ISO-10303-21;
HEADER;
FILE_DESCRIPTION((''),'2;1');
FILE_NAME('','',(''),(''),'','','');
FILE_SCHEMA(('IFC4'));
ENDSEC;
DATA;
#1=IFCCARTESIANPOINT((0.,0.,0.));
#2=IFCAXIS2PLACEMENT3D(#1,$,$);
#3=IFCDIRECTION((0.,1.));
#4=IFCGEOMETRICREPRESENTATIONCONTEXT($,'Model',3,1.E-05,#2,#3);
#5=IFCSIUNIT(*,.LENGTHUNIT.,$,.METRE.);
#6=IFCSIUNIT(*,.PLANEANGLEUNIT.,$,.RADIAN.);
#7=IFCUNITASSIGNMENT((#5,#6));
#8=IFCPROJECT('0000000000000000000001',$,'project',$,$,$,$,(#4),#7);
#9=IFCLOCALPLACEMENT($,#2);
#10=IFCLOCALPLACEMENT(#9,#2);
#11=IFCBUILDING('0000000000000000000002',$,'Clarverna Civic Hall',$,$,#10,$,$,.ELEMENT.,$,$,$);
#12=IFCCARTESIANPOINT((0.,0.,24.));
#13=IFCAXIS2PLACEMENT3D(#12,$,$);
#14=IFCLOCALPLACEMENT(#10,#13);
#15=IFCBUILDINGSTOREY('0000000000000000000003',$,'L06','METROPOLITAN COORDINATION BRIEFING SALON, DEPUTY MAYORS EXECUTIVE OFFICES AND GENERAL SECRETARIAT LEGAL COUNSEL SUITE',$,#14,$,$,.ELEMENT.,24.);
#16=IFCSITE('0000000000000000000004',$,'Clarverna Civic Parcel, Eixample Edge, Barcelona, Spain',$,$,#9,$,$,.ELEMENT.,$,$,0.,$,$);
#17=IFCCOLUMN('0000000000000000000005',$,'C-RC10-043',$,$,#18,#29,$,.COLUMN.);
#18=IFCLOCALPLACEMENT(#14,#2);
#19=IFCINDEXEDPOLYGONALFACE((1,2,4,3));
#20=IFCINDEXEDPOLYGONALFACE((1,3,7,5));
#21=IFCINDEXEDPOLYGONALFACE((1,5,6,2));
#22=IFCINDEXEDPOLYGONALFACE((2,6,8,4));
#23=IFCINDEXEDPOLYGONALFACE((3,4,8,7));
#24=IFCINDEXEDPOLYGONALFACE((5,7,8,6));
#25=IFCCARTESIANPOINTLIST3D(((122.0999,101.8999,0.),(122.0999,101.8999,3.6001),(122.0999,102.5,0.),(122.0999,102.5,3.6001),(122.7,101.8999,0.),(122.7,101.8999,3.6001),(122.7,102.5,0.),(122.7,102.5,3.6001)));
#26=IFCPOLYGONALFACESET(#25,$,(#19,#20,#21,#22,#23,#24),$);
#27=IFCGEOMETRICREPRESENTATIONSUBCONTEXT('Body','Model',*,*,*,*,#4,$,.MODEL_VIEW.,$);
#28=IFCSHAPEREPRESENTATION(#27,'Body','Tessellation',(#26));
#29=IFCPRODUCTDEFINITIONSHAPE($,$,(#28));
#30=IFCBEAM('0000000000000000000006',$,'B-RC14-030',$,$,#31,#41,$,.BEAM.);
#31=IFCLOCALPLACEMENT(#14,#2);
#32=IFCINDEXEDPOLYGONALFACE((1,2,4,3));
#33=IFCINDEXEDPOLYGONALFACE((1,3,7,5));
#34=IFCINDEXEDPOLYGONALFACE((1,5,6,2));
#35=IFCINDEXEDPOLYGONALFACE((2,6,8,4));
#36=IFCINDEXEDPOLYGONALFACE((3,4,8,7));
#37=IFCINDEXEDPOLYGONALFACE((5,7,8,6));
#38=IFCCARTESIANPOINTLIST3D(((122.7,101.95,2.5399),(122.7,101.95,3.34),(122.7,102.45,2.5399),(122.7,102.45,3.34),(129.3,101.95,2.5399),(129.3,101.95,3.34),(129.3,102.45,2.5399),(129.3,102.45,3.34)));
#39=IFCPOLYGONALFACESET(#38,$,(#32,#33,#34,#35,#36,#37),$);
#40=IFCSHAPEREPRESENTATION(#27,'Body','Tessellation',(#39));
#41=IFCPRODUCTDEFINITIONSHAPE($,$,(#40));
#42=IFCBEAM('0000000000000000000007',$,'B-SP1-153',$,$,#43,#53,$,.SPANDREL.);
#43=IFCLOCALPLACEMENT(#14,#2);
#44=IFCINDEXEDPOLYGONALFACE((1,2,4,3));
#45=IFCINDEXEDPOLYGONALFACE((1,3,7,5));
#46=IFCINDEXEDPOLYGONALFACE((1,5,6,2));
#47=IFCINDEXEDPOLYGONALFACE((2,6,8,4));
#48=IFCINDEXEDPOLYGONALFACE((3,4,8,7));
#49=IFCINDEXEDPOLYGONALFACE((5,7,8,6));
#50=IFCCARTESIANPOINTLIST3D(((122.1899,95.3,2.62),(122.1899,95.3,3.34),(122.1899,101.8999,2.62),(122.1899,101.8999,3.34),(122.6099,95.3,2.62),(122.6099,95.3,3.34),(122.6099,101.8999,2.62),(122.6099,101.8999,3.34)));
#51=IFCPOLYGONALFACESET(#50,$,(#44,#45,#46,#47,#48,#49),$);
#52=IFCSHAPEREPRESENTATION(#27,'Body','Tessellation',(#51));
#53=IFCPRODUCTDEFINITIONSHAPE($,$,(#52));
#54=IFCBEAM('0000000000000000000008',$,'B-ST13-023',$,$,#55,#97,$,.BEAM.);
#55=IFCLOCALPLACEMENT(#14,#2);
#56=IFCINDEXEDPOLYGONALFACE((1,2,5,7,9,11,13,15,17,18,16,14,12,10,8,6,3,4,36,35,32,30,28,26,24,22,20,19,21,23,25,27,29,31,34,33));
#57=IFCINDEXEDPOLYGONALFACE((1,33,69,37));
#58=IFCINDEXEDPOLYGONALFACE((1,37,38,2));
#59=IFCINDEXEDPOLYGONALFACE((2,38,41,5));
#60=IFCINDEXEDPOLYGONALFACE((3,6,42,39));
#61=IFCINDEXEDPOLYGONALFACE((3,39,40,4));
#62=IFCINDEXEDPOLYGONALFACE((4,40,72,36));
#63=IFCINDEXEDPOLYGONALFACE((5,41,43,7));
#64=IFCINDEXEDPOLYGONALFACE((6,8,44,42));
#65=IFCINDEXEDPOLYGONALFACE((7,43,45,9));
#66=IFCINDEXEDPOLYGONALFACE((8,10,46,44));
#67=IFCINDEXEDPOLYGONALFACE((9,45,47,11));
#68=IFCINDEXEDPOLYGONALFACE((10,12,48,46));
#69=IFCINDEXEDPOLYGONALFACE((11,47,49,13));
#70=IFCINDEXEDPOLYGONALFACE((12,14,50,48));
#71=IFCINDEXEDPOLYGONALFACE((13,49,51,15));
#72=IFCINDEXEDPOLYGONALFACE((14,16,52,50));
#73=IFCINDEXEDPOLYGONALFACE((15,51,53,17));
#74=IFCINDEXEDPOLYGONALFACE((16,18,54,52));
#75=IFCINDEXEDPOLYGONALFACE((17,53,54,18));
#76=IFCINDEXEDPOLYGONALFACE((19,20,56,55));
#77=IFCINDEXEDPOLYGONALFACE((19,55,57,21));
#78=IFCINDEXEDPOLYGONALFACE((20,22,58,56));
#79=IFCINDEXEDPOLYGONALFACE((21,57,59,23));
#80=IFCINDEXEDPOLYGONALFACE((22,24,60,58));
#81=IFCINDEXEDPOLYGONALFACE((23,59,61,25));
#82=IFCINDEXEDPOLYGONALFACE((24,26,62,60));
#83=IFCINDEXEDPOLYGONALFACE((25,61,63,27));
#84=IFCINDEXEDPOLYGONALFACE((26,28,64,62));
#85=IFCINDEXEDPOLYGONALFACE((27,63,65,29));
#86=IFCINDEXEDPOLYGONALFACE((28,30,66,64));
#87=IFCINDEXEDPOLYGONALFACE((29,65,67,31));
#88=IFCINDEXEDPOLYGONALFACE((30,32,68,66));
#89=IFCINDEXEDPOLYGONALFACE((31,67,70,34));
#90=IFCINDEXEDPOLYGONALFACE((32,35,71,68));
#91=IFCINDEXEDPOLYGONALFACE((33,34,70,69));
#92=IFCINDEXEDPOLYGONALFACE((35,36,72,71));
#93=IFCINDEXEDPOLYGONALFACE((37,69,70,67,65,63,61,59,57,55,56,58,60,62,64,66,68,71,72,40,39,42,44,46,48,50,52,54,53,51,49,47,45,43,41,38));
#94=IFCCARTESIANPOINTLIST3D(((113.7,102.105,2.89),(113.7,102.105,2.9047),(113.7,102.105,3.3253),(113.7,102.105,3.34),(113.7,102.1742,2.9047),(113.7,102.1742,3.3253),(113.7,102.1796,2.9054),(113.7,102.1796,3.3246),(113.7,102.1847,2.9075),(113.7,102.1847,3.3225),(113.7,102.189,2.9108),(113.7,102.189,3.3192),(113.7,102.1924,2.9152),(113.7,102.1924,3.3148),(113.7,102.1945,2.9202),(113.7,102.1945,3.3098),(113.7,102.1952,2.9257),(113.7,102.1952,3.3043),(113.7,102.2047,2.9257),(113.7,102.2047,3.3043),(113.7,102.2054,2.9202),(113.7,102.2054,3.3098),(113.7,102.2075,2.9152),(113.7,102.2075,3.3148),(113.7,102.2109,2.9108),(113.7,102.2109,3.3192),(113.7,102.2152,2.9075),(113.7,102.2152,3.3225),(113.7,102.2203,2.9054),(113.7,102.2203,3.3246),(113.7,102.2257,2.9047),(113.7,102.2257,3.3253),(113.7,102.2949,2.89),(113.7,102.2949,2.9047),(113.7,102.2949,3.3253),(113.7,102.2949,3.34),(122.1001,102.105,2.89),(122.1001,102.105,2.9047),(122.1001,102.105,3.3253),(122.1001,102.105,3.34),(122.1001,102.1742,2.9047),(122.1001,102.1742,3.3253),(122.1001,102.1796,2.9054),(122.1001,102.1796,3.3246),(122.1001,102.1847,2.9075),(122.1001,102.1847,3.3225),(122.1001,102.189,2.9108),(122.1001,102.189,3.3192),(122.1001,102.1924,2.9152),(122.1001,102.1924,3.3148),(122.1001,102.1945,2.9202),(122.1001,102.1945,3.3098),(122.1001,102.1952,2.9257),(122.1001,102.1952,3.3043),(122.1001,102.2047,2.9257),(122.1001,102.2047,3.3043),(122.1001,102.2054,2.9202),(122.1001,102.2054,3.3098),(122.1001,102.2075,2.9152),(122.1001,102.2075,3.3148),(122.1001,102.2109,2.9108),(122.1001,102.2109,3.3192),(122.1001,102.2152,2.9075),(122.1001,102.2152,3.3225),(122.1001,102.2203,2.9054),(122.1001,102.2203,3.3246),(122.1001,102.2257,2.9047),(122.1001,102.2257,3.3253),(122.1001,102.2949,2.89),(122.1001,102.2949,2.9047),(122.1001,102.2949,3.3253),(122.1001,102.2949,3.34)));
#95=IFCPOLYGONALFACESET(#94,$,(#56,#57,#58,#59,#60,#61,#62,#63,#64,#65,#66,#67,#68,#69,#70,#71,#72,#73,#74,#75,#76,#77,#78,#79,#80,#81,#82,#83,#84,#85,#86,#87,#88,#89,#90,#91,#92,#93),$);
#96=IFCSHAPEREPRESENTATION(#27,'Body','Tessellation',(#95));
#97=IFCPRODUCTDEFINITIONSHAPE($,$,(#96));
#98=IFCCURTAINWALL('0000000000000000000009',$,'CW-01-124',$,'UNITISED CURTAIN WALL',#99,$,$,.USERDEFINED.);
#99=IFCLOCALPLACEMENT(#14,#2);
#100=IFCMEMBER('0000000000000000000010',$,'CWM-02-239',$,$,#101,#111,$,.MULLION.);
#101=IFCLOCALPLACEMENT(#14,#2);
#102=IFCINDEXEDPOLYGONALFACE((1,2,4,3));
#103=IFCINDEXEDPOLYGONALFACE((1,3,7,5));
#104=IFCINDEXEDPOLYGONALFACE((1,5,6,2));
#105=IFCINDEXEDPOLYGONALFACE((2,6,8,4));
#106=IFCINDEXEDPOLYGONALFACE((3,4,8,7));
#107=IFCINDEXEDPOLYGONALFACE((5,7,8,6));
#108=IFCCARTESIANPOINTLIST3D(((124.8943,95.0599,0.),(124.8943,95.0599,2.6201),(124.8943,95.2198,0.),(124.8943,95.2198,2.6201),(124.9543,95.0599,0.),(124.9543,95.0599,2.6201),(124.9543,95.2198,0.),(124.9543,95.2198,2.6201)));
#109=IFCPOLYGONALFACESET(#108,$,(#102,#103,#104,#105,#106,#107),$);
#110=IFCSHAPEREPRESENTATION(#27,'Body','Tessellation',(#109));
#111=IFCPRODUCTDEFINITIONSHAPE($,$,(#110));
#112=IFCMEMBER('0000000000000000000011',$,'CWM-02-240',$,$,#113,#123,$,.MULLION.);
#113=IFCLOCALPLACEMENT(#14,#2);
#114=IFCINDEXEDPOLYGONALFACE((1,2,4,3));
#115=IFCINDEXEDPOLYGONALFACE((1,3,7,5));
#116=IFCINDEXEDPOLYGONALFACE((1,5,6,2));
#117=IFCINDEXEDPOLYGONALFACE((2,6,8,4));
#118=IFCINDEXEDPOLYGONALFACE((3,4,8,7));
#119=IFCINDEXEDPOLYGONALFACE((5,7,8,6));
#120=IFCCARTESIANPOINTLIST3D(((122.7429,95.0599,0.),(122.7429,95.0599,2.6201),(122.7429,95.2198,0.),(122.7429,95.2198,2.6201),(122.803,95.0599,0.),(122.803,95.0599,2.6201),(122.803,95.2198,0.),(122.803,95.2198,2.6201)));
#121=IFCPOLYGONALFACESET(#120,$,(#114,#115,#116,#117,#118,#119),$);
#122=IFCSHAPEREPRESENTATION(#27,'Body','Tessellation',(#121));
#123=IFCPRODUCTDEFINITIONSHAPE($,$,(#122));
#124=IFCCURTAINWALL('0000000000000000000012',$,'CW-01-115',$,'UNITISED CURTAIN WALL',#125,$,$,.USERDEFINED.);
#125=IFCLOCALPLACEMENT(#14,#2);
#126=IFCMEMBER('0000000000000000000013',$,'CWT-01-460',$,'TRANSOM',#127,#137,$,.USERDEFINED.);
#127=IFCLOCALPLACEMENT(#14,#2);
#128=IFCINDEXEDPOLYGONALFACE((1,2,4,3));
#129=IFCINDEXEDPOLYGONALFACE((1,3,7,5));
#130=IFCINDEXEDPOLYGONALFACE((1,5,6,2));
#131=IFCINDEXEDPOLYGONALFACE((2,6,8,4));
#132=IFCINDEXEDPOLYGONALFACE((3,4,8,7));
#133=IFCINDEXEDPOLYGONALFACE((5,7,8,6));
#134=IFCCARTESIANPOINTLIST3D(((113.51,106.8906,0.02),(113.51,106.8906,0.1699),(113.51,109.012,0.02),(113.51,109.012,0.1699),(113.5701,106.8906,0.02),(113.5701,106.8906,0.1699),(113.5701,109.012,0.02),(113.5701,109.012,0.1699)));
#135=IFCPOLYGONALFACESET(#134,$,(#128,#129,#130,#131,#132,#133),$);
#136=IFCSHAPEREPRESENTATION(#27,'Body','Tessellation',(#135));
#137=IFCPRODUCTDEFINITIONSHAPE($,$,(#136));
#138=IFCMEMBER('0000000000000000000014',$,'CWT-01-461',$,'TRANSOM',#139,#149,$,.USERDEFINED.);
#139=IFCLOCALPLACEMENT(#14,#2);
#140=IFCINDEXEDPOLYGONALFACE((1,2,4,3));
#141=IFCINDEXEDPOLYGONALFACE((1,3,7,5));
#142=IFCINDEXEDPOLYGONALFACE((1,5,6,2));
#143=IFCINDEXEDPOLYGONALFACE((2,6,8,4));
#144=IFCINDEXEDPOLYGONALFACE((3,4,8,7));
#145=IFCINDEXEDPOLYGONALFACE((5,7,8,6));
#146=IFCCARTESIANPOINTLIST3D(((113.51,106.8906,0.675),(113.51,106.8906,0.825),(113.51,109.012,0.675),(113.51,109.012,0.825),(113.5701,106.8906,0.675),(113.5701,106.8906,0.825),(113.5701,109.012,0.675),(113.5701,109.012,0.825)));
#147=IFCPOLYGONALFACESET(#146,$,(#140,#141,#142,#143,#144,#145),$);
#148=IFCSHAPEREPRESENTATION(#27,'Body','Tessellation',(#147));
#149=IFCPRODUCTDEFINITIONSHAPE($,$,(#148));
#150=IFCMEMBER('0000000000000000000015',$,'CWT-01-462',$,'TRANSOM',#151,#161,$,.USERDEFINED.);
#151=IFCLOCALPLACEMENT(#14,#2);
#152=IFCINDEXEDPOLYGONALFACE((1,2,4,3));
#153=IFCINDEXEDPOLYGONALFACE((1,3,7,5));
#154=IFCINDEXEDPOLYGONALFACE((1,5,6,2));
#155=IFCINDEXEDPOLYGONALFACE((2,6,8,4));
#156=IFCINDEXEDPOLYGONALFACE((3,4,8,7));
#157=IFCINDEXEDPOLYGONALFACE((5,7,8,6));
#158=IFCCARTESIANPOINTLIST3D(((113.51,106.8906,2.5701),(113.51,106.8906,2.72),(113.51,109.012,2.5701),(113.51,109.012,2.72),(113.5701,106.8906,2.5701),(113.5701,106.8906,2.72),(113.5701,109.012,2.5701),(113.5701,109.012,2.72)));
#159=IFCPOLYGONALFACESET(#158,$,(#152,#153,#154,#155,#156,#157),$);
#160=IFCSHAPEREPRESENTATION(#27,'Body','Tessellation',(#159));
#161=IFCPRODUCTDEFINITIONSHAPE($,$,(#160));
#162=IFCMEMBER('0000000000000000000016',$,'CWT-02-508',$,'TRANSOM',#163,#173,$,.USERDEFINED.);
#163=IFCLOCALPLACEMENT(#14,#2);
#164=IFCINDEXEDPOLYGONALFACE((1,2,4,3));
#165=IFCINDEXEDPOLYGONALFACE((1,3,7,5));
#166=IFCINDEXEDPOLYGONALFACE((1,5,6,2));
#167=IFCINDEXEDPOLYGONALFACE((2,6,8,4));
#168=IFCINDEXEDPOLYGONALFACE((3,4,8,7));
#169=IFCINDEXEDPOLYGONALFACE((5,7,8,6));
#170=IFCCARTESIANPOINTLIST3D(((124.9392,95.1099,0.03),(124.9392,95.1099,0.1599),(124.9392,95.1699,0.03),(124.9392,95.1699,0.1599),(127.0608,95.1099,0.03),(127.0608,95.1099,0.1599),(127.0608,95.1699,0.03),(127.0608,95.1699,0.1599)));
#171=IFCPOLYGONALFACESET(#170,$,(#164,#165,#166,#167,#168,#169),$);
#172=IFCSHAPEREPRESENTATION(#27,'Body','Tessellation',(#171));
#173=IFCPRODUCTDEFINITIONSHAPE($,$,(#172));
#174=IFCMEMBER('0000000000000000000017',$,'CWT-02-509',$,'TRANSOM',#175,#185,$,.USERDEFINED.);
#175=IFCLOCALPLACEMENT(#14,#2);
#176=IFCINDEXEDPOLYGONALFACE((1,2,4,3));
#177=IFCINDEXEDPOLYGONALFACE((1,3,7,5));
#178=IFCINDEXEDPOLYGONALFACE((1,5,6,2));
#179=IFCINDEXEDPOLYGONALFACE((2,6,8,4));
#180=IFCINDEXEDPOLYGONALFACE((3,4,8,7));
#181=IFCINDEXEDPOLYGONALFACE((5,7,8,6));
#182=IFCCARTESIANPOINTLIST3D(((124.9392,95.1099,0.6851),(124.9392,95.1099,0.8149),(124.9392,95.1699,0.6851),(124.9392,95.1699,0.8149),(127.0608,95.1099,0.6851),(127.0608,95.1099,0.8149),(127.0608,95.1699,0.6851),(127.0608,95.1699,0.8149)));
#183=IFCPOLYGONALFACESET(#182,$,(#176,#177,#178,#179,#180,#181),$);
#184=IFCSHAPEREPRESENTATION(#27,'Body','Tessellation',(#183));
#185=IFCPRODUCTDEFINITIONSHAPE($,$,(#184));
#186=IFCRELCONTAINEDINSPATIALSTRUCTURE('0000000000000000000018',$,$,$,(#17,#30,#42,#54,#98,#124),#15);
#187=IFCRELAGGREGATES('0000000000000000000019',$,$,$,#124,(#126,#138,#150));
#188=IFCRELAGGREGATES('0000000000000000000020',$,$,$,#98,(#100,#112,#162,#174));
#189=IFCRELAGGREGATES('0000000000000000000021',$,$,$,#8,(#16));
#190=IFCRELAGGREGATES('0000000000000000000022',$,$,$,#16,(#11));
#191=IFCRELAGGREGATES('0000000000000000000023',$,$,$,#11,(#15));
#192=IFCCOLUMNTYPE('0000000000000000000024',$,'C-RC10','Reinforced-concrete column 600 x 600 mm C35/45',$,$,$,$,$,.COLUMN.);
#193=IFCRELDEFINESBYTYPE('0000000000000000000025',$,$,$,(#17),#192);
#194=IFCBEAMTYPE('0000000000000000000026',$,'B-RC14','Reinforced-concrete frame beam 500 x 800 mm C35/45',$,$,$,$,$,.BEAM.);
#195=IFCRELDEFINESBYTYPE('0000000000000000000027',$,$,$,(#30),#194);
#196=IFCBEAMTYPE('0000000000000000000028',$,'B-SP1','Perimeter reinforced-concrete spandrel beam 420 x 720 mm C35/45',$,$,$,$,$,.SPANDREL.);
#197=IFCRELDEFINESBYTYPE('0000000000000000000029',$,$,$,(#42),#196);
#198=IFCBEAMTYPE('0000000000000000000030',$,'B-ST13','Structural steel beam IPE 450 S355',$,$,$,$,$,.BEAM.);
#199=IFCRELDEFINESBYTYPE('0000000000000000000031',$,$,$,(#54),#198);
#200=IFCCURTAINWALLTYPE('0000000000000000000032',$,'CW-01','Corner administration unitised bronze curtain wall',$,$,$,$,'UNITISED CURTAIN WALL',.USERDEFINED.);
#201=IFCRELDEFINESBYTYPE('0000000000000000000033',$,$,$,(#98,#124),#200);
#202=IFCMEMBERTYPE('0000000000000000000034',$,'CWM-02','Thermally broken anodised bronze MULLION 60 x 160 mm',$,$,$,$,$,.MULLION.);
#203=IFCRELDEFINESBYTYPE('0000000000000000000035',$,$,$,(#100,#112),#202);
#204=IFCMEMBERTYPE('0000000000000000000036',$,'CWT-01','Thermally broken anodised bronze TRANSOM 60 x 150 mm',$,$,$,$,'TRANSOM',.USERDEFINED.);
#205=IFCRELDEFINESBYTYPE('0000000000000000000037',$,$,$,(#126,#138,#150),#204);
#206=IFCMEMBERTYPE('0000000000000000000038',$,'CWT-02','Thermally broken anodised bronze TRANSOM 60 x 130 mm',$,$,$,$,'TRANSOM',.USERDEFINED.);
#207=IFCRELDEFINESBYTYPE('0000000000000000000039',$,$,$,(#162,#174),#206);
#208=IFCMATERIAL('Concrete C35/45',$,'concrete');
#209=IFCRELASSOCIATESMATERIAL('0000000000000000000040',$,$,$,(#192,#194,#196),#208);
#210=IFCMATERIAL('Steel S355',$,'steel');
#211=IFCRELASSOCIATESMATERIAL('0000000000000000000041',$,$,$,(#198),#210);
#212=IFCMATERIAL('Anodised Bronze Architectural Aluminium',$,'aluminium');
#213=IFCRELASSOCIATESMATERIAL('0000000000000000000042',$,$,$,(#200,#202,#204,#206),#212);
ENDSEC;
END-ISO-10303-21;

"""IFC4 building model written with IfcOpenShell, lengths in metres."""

from ifc_helpers import new_model, si_unit, direction, frame, origin, origin_2d, place, context, subcontext, project, spatial, rectangle, i_section, extrude, material, material_profile, profile_set, type_object, element, aggregate, save


model = new_model("IFC4")

# Units and contexts
model_context = context("Model", 3, precision=1e-05, world=origin(), true_north=direction((0.0, 1.0)))
body_context = subcontext(model_context, "Body", "Model", "MODEL_VIEW")
ifc_project = project(units=[si_unit("LENGTHUNIT", "METRE"), si_unit("PLANEANGLEUNIT", "RADIAN")], contexts=[model_context])

# Site, building, storey
site_placement = place(None, origin())
site = spatial("IfcSite", under=ifc_project, at=site_placement, Name="Clarverna Civic Parcel, Eixample Edge, Barcelona, Spain", CompositionType="ELEMENT", RefElevation=0.0)
building_placement = place(site_placement, origin())
building = spatial("IfcBuilding", under=site, at=building_placement, Name="Clarverna Civic Hall", CompositionType="ELEMENT")
storey_placement = place(building_placement, frame((0.0, 0.0, 24.0)))
storey = spatial("IfcBuildingStorey", under=building, at=storey_placement, Name="L06", Description="METROPOLITAN COORDINATION BRIEFING SALON, DEPUTY MAYORS EXECUTIVE OFFICES AND GENERAL SECRETARIAT LEGAL COUNSEL SUITE", CompositionType="ELEMENT", Elevation=24.0)

# Column
ifc_material_1 = material(Name="Concrete C35/45", Category="concrete")
ifc_material_profile_1 = material_profile(ifc_material_1, rectangle(XDim=0.6001, YDim=0.6001, at=origin_2d()), Name="RC 600x600")
ifc_profile_set_1 = profile_set([ifc_material_profile_1], Name="Concrete C35/45")
column_type = type_object("IfcColumnType", Name="C-RC10", Description="Reinforced-concrete column 600 x 600 mm C35/45", PredefinedType="COLUMN", material=ifc_profile_set_1)
column_placement = place(storey_placement, frame((122.3999, 102.2, 0.0), z_axis=(0.0, 0.0, 1.0), x_axis=(1.0, 0.0, 0.0)))
element("IfcColumn", 1, at=column_placement, inside=storey, type_object=column_type, Name="C-RC10-043", PredefinedType="COLUMN", context=body_context, shape_type="SweptSolid", body=[
    extrude(rectangle(XDim=0.6001, YDim=0.6001, at=origin_2d()), origin(), (0.0, 0.0, 1.0), 3.6001),
])

# Beams
ifc_material_profile_2 = material_profile(ifc_material_1, rectangle(XDim=0.5, YDim=0.8, at=origin_2d()), Name="RC 500x800")
ifc_profile_set_2 = profile_set([ifc_material_profile_2], Name="Concrete C35/45")
beam_type_1 = type_object("IfcBeamType", Name="B-RC14", Description="Reinforced-concrete frame beam 500 x 800 mm C35/45", PredefinedType="BEAM", material=ifc_profile_set_2)
beam_1_placement = place(storey_placement, frame((122.7, 102.2, 2.9399), z_axis=(1.0, 0.0, 0.0), x_axis=(0.0, 1.0, 0.0)))
element("IfcBeam", 2, at=beam_1_placement, inside=storey, type_object=beam_type_1, Name="B-RC14-030", PredefinedType="BEAM", context=body_context, shape_type="SweptSolid", body=[
    extrude(rectangle(XDim=0.5, YDim=0.8, at=origin_2d()), origin(), (0.0, 0.0, 1.0), 6.6001),
])
ifc_material_profile_3 = material_profile(ifc_material_1, rectangle(XDim=0.4199, YDim=0.72, at=origin_2d()), Name="RC 420x720")
ifc_profile_set_3 = profile_set([ifc_material_profile_3], Name="Concrete C35/45")
beam_type_2 = type_object("IfcBeamType", Name="B-SP1", Description="Perimeter reinforced-concrete spandrel beam 420 x 720 mm C35/45", PredefinedType="SPANDREL", material=ifc_profile_set_3)
beam_2_placement = place(storey_placement, frame((122.3999, 95.3, 2.98), z_axis=(0.0, 1.0, 0.0), x_axis=(-1.0, 0.0, 0.0)))
element("IfcBeam", 3, at=beam_2_placement, inside=storey, type_object=beam_type_2, Name="B-SP1-153", PredefinedType="SPANDREL", context=body_context, shape_type="SweptSolid", body=[
    extrude(rectangle(XDim=0.4199, YDim=0.72, at=origin_2d()), origin(), (0.0, 0.0, 1.0), 6.5999),
])
ifc_material_2 = material(Name="Steel S355", Category="steel")
ifc_material_profile_4 = material_profile(ifc_material_2, i_section(OverallWidth=0.1899, OverallDepth=0.45, WebThickness=0.0095, FlangeThickness=0.0146, FilletRadius=0.021, at=origin_2d()), Name="IPE 450")
ifc_profile_set_4 = profile_set([ifc_material_profile_4], Name="Steel S355")
beam_type_3 = type_object("IfcBeamType", Name="B-ST13", Description="Structural steel beam IPE 450 S355", PredefinedType="BEAM", material=ifc_profile_set_4)
beam_3_placement = place(storey_placement, frame((113.7, 102.2, 3.115), z_axis=(1.0, 0.0, 0.0), x_axis=(0.0, 1.0, 0.0)))
element("IfcBeam", 4, at=beam_3_placement, inside=storey, type_object=beam_type_3, Name="B-ST13-023", PredefinedType="BEAM", context=body_context, shape_type="SweptSolid", body=[
    extrude(i_section(OverallWidth=0.1899, OverallDepth=0.45, WebThickness=0.0095, FlangeThickness=0.0146, FilletRadius=0.021, at=origin_2d()), origin(), (0.0, 0.0, 1.0), 8.4001),
])

# Curtain walls, members
ifc_material_3 = material(Name="Anodised Bronze Architectural Aluminium", Category="aluminium")
curtain_wall_type = type_object("IfcCurtainWallType", Name="CW-01", Description="Corner administration unitised bronze curtain wall", ElementType="UNITISED CURTAIN WALL", PredefinedType="USERDEFINED", material=ifc_material_3)
curtain_wall_1_placement = place(storey_placement, origin())
curtain_wall_1 = element("IfcCurtainWall", 5, at=curtain_wall_1_placement, inside=storey, type_object=curtain_wall_type, Name="CW-01-124", ObjectType="UNITISED CURTAIN WALL", PredefinedType="USERDEFINED")
ifc_material_profile_5 = material_profile(ifc_material_3, rectangle(XDim=0.0601, YDim=0.1599, at=origin_2d()), Name="BRONZE 60x160")
ifc_profile_set_5 = profile_set([ifc_material_profile_5], Name="Anodised Bronze Architectural Aluminium")
member_type_1 = type_object("IfcMemberType", Name="CWM-02", Description="Thermally broken anodised bronze MULLION 60 x 160 mm", PredefinedType="MULLION", material=ifc_profile_set_5)
member_1_placement = place(storey_placement, frame((124.9243, 95.1399, 0.0), z_axis=(0.0, 0.0, 1.0), x_axis=(1.0, 0.0, 0.0)))
member_1 = element("IfcMember", 6, at=member_1_placement, type_object=member_type_1, Name="CWM-02-239", PredefinedType="MULLION", context=body_context, shape_type="SweptSolid", body=[
    extrude(rectangle(XDim=0.0601, YDim=0.1599, at=origin_2d()), origin(), (0.0, 0.0, 1.0), 2.6201),
])
member_2_placement = place(storey_placement, frame((122.7729, 95.1399, 0.0), z_axis=(0.0, 0.0, 1.0), x_axis=(1.0, 0.0, 0.0)))
member_2 = element("IfcMember", 7, at=member_2_placement, type_object=member_type_1, Name="CWM-02-240", PredefinedType="MULLION", context=body_context, shape_type="SweptSolid", body=[
    extrude(rectangle(XDim=0.0601, YDim=0.1599, at=origin_2d()), origin(), (0.0, 0.0, 1.0), 2.6201),
])
curtain_wall_2_placement = place(storey_placement, origin())
curtain_wall_2 = element("IfcCurtainWall", 8, at=curtain_wall_2_placement, inside=storey, type_object=curtain_wall_type, Name="CW-01-115", ObjectType="UNITISED CURTAIN WALL", PredefinedType="USERDEFINED")
ifc_material_profile_6 = material_profile(ifc_material_3, rectangle(XDim=0.0601, YDim=0.1499, at=origin_2d()), Name="BRONZE 60x150")
ifc_profile_set_6 = profile_set([ifc_material_profile_6], Name="Anodised Bronze Architectural Aluminium")
member_type_2 = type_object("IfcMemberType", Name="CWT-01", Description="Thermally broken anodised bronze TRANSOM 60 x 150 mm", ElementType="TRANSOM", PredefinedType="USERDEFINED", material=ifc_profile_set_6)
member_3_placement = place(storey_placement, frame((113.54, 106.8906, 0.095), z_axis=(0.0, 1.0, 0.0), x_axis=(-1.0, 0.0, 0.0)))
member_3 = element("IfcMember", 9, at=member_3_placement, type_object=member_type_2, Name="CWT-01-460", ObjectType="TRANSOM", PredefinedType="USERDEFINED", context=body_context, shape_type="SweptSolid", body=[
    extrude(rectangle(XDim=0.0601, YDim=0.1499, at=origin_2d()), origin(), (0.0, 0.0, 1.0), 2.1213),
])
member_4_placement = place(storey_placement, frame((113.54, 106.8906, 0.75), z_axis=(0.0, 1.0, 0.0), x_axis=(-1.0, 0.0, 0.0)))
member_4 = element("IfcMember", 10, at=member_4_placement, type_object=member_type_2, Name="CWT-01-461", ObjectType="TRANSOM", PredefinedType="USERDEFINED", context=body_context, shape_type="SweptSolid", body=[
    extrude(rectangle(XDim=0.0601, YDim=0.1499, at=origin_2d()), origin(), (0.0, 0.0, 1.0), 2.1213),
])
member_5_placement = place(storey_placement, frame((113.54, 106.8906, 2.645), z_axis=(0.0, 1.0, 0.0), x_axis=(-1.0, 0.0, 0.0)))
member_5 = element("IfcMember", 11, at=member_5_placement, type_object=member_type_2, Name="CWT-01-462", ObjectType="TRANSOM", PredefinedType="USERDEFINED", context=body_context, shape_type="SweptSolid", body=[
    extrude(rectangle(XDim=0.0601, YDim=0.1499, at=origin_2d()), origin(), (0.0, 0.0, 1.0), 2.1213),
])

# Members
ifc_material_profile_7 = material_profile(ifc_material_3, rectangle(XDim=0.0601, YDim=0.1299, at=origin_2d()), Name="BRONZE 60x130")
ifc_profile_set_7 = profile_set([ifc_material_profile_7], Name="Anodised Bronze Architectural Aluminium")
member_type_3 = type_object("IfcMemberType", Name="CWT-02", Description="Thermally broken anodised bronze TRANSOM 60 x 130 mm", ElementType="TRANSOM", PredefinedType="USERDEFINED", material=ifc_profile_set_7)
member_6_placement = place(storey_placement, frame((127.0608, 95.1399, 0.095), z_axis=(-1.0, 0.0, 0.0), x_axis=(0.0, -1.0, 0.0)))
member_6 = element("IfcMember", 12, at=member_6_placement, type_object=member_type_3, Name="CWT-02-508", ObjectType="TRANSOM", PredefinedType="USERDEFINED", context=body_context, shape_type="SweptSolid", body=[
    extrude(rectangle(XDim=0.0601, YDim=0.1299, at=origin_2d()), origin(), (0.0, 0.0, 1.0), 2.1216),
])
member_7_placement = place(storey_placement, frame((127.0608, 95.1399, 0.75), z_axis=(-1.0, 0.0, 0.0), x_axis=(0.0, -1.0, 0.0)))
member_7 = element("IfcMember", 13, at=member_7_placement, type_object=member_type_3, Name="CWT-02-509", ObjectType="TRANSOM", PredefinedType="USERDEFINED", context=body_context, shape_type="SweptSolid", body=[
    extrude(rectangle(XDim=0.0601, YDim=0.1299, at=origin_2d()), origin(), (0.0, 0.0, 1.0), 2.1216),
])

aggregate(curtain_wall_2, [member_3, member_4, member_5])
aggregate(curtain_wall_1, [member_1, member_2, member_6, member_7])

save(model, "model.ifc")
